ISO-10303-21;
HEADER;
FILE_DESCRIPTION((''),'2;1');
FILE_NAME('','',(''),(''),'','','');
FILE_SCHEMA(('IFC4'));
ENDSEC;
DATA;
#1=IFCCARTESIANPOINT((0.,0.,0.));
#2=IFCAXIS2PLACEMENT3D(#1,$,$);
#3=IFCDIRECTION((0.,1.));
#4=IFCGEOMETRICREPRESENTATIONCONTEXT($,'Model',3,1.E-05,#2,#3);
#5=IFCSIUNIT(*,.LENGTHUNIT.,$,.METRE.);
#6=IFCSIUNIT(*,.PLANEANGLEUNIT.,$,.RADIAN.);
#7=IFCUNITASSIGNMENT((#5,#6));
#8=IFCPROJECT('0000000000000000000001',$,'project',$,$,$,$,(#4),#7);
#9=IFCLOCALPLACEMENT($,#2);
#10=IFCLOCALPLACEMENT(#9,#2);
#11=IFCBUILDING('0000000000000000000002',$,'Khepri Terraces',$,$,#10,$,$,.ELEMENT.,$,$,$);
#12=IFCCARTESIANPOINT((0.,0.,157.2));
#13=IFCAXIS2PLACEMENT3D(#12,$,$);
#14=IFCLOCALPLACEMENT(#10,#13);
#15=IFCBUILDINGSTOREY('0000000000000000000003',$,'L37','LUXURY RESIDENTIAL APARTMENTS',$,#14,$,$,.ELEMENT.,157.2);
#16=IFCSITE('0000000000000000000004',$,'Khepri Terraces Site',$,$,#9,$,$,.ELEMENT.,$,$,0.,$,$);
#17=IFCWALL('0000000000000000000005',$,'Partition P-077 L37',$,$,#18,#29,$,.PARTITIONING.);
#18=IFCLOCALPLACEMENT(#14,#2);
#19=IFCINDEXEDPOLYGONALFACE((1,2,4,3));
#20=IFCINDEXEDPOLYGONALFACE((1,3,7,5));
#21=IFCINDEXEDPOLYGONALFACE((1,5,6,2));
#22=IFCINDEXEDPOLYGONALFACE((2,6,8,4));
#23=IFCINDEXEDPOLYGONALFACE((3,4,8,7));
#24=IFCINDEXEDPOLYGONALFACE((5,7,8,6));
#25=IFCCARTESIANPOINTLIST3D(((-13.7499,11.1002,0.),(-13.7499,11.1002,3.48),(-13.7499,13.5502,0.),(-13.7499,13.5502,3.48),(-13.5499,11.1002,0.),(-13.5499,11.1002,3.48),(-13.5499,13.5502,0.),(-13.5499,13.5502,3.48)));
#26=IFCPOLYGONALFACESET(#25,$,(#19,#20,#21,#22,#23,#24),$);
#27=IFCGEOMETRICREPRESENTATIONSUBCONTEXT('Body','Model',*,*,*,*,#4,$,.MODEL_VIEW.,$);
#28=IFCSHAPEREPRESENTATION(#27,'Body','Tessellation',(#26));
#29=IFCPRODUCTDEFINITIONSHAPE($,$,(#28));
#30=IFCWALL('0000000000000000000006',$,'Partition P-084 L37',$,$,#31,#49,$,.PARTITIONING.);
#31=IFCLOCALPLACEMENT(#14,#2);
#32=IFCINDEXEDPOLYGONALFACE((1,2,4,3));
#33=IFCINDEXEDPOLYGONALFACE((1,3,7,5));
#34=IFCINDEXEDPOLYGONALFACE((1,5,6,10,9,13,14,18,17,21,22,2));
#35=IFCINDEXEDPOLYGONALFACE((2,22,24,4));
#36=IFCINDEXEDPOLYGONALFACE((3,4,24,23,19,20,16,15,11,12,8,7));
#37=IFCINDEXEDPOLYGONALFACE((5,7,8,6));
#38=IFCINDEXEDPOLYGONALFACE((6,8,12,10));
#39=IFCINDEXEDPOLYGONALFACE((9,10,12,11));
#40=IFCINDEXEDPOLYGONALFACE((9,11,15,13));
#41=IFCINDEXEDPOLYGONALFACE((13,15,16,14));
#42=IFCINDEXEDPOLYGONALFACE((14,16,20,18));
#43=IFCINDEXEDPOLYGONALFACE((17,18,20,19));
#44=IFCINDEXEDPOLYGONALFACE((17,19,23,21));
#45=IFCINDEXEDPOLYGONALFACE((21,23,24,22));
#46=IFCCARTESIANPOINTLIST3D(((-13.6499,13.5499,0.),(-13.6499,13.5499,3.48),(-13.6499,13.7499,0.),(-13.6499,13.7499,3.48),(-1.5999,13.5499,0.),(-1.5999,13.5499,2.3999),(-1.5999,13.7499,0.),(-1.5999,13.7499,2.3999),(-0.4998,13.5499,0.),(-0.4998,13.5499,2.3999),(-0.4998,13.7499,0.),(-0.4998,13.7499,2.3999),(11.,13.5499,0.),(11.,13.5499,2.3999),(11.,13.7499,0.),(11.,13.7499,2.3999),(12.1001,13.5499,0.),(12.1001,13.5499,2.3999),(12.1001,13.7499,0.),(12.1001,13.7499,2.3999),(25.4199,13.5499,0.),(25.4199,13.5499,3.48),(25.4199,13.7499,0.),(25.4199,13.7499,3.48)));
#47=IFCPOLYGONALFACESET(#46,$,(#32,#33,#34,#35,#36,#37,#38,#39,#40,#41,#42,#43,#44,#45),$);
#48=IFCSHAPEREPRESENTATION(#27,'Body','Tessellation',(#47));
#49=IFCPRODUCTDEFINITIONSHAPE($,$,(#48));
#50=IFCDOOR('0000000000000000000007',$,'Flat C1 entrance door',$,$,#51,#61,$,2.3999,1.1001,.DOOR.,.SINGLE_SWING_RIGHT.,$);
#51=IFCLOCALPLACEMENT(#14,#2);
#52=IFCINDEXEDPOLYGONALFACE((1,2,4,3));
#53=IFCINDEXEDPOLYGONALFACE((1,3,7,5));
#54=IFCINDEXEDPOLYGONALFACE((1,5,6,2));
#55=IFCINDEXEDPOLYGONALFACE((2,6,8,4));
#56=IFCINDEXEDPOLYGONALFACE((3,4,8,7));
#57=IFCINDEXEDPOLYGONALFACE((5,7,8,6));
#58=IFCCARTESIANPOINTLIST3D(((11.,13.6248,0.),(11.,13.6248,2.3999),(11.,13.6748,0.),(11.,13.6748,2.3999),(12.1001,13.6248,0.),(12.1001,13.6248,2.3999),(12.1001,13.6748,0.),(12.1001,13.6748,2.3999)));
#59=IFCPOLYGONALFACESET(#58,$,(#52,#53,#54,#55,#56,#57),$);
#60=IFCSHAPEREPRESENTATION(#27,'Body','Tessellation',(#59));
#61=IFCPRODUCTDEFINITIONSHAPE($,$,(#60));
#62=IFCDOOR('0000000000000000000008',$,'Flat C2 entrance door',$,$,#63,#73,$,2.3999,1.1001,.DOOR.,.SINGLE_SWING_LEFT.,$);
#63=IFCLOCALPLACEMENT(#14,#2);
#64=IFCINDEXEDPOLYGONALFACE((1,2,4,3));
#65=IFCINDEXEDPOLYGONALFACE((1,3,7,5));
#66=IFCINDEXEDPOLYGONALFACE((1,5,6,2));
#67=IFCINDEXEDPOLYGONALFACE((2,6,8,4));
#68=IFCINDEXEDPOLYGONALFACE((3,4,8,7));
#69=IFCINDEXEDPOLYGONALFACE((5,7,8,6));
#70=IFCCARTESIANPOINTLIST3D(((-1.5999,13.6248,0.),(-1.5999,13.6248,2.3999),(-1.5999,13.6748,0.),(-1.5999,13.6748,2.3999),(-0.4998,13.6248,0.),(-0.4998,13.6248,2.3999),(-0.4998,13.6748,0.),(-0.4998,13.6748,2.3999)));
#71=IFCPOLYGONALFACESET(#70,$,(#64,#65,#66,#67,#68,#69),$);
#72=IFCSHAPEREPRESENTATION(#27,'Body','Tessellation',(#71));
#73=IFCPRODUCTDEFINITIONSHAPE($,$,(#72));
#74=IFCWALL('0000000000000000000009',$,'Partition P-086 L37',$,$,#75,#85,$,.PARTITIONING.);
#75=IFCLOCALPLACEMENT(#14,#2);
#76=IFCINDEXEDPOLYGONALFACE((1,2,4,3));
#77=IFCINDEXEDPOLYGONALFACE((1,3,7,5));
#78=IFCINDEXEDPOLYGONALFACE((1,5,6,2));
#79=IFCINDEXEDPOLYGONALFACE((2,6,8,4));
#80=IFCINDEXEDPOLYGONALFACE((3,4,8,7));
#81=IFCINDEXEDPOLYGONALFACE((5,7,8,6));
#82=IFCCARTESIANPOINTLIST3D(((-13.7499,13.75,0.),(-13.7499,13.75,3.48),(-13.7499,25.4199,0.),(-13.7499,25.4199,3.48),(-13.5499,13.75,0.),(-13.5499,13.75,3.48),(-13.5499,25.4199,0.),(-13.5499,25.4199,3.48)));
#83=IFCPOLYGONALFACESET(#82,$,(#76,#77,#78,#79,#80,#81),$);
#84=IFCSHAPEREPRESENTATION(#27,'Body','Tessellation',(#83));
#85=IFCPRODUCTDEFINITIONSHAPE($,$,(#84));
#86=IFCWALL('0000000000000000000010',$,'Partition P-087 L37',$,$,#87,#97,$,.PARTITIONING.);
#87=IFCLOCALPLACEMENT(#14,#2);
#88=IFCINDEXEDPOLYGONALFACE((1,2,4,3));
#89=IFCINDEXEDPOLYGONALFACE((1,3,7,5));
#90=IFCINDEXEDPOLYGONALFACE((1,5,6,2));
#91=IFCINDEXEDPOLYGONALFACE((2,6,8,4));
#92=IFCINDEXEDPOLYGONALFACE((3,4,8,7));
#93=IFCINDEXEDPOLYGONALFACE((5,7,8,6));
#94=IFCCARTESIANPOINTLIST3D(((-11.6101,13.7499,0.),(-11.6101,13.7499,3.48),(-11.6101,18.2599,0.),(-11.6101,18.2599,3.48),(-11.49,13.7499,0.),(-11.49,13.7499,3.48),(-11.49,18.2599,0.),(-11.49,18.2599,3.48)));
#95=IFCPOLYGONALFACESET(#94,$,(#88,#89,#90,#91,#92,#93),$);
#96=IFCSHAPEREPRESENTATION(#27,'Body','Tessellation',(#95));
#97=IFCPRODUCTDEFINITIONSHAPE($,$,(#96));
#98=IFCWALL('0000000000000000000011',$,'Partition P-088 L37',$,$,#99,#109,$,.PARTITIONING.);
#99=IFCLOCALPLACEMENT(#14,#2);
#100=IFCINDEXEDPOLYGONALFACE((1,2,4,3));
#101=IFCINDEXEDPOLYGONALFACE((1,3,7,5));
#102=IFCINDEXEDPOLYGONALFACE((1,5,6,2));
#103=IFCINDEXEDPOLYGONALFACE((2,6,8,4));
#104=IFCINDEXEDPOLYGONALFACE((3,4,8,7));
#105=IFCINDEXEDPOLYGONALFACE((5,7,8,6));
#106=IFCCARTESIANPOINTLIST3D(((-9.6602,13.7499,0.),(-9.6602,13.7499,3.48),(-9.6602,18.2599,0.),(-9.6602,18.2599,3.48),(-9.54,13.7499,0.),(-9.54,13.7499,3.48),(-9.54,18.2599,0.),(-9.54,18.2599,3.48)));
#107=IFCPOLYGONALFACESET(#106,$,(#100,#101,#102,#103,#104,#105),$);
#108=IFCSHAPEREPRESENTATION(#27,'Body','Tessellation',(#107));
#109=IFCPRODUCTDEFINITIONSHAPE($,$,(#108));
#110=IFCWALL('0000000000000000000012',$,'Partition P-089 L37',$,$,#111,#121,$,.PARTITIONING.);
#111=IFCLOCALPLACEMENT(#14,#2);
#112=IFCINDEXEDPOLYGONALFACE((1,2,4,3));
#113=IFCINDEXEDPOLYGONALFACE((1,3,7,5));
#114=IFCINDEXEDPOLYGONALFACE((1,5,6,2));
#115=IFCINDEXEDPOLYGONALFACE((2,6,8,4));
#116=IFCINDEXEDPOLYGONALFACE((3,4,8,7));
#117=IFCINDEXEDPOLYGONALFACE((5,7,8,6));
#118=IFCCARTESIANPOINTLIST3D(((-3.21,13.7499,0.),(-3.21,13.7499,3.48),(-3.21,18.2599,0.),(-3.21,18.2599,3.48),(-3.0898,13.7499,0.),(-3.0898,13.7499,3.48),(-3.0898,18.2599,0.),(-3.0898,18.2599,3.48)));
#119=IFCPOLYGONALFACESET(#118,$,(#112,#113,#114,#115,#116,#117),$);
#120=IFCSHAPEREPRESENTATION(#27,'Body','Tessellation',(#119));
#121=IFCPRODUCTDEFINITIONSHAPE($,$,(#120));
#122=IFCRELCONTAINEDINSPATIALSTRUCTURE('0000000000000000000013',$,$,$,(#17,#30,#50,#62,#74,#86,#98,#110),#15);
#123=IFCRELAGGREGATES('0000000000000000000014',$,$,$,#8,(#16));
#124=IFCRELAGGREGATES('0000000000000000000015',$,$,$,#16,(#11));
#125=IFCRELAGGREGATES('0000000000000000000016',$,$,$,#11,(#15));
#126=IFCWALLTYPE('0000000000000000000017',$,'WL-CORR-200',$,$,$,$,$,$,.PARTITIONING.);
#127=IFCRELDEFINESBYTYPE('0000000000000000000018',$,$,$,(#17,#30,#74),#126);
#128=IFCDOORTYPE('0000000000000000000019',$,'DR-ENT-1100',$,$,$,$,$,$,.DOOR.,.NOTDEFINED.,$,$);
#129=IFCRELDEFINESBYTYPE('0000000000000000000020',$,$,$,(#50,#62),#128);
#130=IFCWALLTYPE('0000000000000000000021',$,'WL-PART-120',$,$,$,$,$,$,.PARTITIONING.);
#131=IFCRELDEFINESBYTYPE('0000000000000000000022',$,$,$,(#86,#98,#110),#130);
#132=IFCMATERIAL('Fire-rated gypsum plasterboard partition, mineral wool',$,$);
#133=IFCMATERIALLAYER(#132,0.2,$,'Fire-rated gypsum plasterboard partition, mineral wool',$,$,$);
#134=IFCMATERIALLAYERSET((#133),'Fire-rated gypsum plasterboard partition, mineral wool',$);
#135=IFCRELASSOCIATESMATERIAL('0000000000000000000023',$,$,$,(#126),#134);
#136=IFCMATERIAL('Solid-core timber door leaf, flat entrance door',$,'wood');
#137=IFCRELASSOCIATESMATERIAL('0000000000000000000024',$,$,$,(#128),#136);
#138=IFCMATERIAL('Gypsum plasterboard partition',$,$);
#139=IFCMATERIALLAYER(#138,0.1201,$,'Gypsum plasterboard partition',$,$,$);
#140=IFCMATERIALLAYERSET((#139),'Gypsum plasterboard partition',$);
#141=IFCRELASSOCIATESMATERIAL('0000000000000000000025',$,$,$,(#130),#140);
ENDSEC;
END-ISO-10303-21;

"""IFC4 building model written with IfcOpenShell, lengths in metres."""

from ifc_helpers import new_model, si_unit, direction, frame, frame_2d, origin, place, context, subcontext, project, spatial, rectangle, extrude, material, layer, layer_set, type_object, element, fill, save


model = new_model("IFC4")

# Units and contexts
model_context = context("Model", 3, precision=1e-05, world=origin(), true_north=direction((0.0, 1.0)))
body_context = subcontext(model_context, "Body", "Model", "MODEL_VIEW")
ifc_project = project(units=[si_unit("LENGTHUNIT", "METRE"), si_unit("PLANEANGLEUNIT", "RADIAN")], contexts=[model_context])

# Site, building, storey
site_placement = place(None, origin())
site = spatial("IfcSite", under=ifc_project, at=site_placement, Name="Khepri Terraces Site", CompositionType="ELEMENT", RefElevation=0.0)
building_placement = place(site_placement, origin())
building = spatial("IfcBuilding", under=site, at=building_placement, Name="Khepri Terraces", CompositionType="ELEMENT")
storey_placement = place(building_placement, frame((0.0, 0.0, 157.2)))
storey = spatial("IfcBuildingStorey", under=building, at=storey_placement, Name="L37", Description="LUXURY RESIDENTIAL APARTMENTS", CompositionType="ELEMENT", Elevation=157.2)

# Shared definitions
ifc_material_1 = material(Name="Fire-rated gypsum plasterboard partition, mineral wool")
ifc_layer_1 = layer(ifc_material_1, 0.2, Name="Fire-rated gypsum plasterboard partition, mineral wool")
ifc_layer_set_1 = layer_set([ifc_layer_1], Name="Fire-rated gypsum plasterboard partition, mineral wool")
wall_type_1 = type_object("IfcWallType", Name="WL-CORR-200", PredefinedType="PARTITIONING", material=ifc_layer_set_1)
ifc_material_2 = material(Name="Solid-core timber door leaf, flat entrance door", Category="wood")
door_type_1 = type_object("IfcDoorType", Name="DR-ENT-1100", OperationType="NOTDEFINED", PredefinedType="DOOR", material=ifc_material_2)

# Wall
wall_1_placement = place(storey_placement, frame((-13.6499, 11.1001, 0.0), z_axis=(0.0, 0.0, 1.0), x_axis=(0.0, 1.0, 0.0)))
element("IfcWall", 1, at=wall_1_placement, inside=storey, type_object=wall_type_1, Name="Partition P-077 L37", PredefinedType="PARTITIONING", context=body_context, shape_type="SweptSolid", body=[
    extrude(rectangle(XDim=2.45, YDim=0.2, at=frame_2d((1.2251, 0.0))), origin(), (0.0, 0.0, 1.0), 3.48),
])

# Wall, openings, doors
wall_2_placement = place(storey_placement, frame((-13.6499, 13.6499, 0.0), z_axis=(0.0, 0.0, 1.0), x_axis=(1.0, 0.0, 0.0)))
wall_2 = element("IfcWall", 2, at=wall_2_placement, inside=storey, type_object=wall_type_1, Name="Partition P-084 L37", PredefinedType="PARTITIONING", context=body_context, shape_type="SweptSolid", body=[
    extrude(rectangle(XDim=39.0698, YDim=0.2, at=frame_2d((19.5349, 0.0))), origin(), (0.0, 0.0, 1.0), 3.48),
])
opening_1_placement = place(wall_2_placement, frame((24.6499, 0.0, 0.0)))
opening_1 = element("IfcOpeningElement", 3, at=opening_1_placement, cuts=wall_2, PredefinedType="OPENING", context=body_context, shape_type="SweptSolid", body=[
    extrude(rectangle(XDim=1.1001, YDim=2.3999, at=frame_2d((0.55, 1.2))), frame((0.0, 0.1099, 0.0), z_axis=(0.0, -1.0, 0.0), x_axis=(1.0, 0.0, 0.0)), (0.0, 0.0, 1.0), 0.22),
])
opening_2_placement = place(wall_2_placement, frame((12.05, 0.0, 0.0)))
opening_2 = element("IfcOpeningElement", 4, at=opening_2_placement, cuts=wall_2, PredefinedType="OPENING", context=body_context, shape_type="SweptSolid", body=[
    extrude(rectangle(XDim=1.1001, YDim=2.3999, at=frame_2d((0.55, 1.2))), frame((0.0, 0.1099, 0.0), z_axis=(0.0, -1.0, 0.0), x_axis=(1.0, 0.0, 0.0)), (0.0, 0.0, 1.0), 0.22),
])
door_1_placement = place(opening_1_placement, origin())
door_1 = element("IfcDoor", 5, at=door_1_placement, inside=storey, type_object=door_type_1, Name="Flat C1 entrance door", OperationType="SINGLE_SWING_RIGHT", OverallHeight=2.3999, OverallWidth=1.1001, PredefinedType="DOOR", context=body_context, shape_type="SweptSolid", body=[
    extrude(rectangle(XDim=1.1001, YDim=2.3999, at=frame_2d((0.55, 1.2))), frame((0.0, 0.0249, 0.0), z_axis=(0.0, -1.0, 0.0), x_axis=(1.0, 0.0, 0.0)), (0.0, 0.0, 1.0), 0.05),
])
fill(opening_1, door_1)
door_2_placement = place(opening_2_placement, origin())
door_2 = element("IfcDoor", 6, at=door_2_placement, inside=storey, type_object=door_type_1, Name="Flat C2 entrance door", OperationType="SINGLE_SWING_LEFT", OverallHeight=2.3999, OverallWidth=1.1001, PredefinedType="DOOR", context=body_context, shape_type="SweptSolid", body=[
    extrude(rectangle(XDim=1.1001, YDim=2.3999, at=frame_2d((0.55, 1.2))), frame((0.0, 0.0249, 0.0), z_axis=(0.0, -1.0, 0.0), x_axis=(1.0, 0.0, 0.0)), (0.0, 0.0, 1.0), 0.05),
])
fill(opening_2, door_2)

# Wall
wall_3_placement = place(storey_placement, frame((-13.6499, 13.75, 0.0), z_axis=(0.0, 0.0, 1.0), x_axis=(0.0, 1.0, 0.0)))
element("IfcWall", 7, at=wall_3_placement, inside=storey, type_object=wall_type_1, Name="Partition P-086 L37", PredefinedType="PARTITIONING", context=body_context, shape_type="SweptSolid", body=[
    extrude(rectangle(XDim=11.6699, YDim=0.2, at=frame_2d((5.835, 0.0))), origin(), (0.0, 0.0, 1.0), 3.48),
])

# Walls
ifc_material_3 = material(Name="Gypsum plasterboard partition")
ifc_layer_2 = layer(ifc_material_3, 0.1201, Name="Gypsum plasterboard partition")
ifc_layer_set_2 = layer_set([ifc_layer_2], Name="Gypsum plasterboard partition")
wall_type_2 = type_object("IfcWallType", Name="WL-PART-120", PredefinedType="PARTITIONING", material=ifc_layer_set_2)
for number, where, z_axis, x_axis, name in (
    (8, (-11.55, 13.75, 0.0), (0.0, 0.0, 1.0), (0.0, 1.0, 0.0), "Partition P-087 L37"),
    (9, (-9.6001, 13.75, 0.0), (0.0, 0.0, 1.0), (0.0, 1.0, 0.0), "Partition P-088 L37"),
    (10, (-3.1499, 13.75, 0.0), (0.0, 0.0, 1.0), (0.0, 1.0, 0.0), "Partition P-089 L37"),
):
    element("IfcWall", number, at=place(storey_placement, frame(where, z_axis=z_axis, x_axis=x_axis)), inside=storey, type_object=wall_type_2, Name=name, PredefinedType="PARTITIONING", context=body_context, shape_type="SweptSolid", body=[
        extrude(rectangle(XDim=4.51, YDim=0.1201, at=frame_2d((2.2549, 0.0))), origin(), (0.0, 0.0, 1.0), 3.48),
    ])

save(model, "model.ifc")
